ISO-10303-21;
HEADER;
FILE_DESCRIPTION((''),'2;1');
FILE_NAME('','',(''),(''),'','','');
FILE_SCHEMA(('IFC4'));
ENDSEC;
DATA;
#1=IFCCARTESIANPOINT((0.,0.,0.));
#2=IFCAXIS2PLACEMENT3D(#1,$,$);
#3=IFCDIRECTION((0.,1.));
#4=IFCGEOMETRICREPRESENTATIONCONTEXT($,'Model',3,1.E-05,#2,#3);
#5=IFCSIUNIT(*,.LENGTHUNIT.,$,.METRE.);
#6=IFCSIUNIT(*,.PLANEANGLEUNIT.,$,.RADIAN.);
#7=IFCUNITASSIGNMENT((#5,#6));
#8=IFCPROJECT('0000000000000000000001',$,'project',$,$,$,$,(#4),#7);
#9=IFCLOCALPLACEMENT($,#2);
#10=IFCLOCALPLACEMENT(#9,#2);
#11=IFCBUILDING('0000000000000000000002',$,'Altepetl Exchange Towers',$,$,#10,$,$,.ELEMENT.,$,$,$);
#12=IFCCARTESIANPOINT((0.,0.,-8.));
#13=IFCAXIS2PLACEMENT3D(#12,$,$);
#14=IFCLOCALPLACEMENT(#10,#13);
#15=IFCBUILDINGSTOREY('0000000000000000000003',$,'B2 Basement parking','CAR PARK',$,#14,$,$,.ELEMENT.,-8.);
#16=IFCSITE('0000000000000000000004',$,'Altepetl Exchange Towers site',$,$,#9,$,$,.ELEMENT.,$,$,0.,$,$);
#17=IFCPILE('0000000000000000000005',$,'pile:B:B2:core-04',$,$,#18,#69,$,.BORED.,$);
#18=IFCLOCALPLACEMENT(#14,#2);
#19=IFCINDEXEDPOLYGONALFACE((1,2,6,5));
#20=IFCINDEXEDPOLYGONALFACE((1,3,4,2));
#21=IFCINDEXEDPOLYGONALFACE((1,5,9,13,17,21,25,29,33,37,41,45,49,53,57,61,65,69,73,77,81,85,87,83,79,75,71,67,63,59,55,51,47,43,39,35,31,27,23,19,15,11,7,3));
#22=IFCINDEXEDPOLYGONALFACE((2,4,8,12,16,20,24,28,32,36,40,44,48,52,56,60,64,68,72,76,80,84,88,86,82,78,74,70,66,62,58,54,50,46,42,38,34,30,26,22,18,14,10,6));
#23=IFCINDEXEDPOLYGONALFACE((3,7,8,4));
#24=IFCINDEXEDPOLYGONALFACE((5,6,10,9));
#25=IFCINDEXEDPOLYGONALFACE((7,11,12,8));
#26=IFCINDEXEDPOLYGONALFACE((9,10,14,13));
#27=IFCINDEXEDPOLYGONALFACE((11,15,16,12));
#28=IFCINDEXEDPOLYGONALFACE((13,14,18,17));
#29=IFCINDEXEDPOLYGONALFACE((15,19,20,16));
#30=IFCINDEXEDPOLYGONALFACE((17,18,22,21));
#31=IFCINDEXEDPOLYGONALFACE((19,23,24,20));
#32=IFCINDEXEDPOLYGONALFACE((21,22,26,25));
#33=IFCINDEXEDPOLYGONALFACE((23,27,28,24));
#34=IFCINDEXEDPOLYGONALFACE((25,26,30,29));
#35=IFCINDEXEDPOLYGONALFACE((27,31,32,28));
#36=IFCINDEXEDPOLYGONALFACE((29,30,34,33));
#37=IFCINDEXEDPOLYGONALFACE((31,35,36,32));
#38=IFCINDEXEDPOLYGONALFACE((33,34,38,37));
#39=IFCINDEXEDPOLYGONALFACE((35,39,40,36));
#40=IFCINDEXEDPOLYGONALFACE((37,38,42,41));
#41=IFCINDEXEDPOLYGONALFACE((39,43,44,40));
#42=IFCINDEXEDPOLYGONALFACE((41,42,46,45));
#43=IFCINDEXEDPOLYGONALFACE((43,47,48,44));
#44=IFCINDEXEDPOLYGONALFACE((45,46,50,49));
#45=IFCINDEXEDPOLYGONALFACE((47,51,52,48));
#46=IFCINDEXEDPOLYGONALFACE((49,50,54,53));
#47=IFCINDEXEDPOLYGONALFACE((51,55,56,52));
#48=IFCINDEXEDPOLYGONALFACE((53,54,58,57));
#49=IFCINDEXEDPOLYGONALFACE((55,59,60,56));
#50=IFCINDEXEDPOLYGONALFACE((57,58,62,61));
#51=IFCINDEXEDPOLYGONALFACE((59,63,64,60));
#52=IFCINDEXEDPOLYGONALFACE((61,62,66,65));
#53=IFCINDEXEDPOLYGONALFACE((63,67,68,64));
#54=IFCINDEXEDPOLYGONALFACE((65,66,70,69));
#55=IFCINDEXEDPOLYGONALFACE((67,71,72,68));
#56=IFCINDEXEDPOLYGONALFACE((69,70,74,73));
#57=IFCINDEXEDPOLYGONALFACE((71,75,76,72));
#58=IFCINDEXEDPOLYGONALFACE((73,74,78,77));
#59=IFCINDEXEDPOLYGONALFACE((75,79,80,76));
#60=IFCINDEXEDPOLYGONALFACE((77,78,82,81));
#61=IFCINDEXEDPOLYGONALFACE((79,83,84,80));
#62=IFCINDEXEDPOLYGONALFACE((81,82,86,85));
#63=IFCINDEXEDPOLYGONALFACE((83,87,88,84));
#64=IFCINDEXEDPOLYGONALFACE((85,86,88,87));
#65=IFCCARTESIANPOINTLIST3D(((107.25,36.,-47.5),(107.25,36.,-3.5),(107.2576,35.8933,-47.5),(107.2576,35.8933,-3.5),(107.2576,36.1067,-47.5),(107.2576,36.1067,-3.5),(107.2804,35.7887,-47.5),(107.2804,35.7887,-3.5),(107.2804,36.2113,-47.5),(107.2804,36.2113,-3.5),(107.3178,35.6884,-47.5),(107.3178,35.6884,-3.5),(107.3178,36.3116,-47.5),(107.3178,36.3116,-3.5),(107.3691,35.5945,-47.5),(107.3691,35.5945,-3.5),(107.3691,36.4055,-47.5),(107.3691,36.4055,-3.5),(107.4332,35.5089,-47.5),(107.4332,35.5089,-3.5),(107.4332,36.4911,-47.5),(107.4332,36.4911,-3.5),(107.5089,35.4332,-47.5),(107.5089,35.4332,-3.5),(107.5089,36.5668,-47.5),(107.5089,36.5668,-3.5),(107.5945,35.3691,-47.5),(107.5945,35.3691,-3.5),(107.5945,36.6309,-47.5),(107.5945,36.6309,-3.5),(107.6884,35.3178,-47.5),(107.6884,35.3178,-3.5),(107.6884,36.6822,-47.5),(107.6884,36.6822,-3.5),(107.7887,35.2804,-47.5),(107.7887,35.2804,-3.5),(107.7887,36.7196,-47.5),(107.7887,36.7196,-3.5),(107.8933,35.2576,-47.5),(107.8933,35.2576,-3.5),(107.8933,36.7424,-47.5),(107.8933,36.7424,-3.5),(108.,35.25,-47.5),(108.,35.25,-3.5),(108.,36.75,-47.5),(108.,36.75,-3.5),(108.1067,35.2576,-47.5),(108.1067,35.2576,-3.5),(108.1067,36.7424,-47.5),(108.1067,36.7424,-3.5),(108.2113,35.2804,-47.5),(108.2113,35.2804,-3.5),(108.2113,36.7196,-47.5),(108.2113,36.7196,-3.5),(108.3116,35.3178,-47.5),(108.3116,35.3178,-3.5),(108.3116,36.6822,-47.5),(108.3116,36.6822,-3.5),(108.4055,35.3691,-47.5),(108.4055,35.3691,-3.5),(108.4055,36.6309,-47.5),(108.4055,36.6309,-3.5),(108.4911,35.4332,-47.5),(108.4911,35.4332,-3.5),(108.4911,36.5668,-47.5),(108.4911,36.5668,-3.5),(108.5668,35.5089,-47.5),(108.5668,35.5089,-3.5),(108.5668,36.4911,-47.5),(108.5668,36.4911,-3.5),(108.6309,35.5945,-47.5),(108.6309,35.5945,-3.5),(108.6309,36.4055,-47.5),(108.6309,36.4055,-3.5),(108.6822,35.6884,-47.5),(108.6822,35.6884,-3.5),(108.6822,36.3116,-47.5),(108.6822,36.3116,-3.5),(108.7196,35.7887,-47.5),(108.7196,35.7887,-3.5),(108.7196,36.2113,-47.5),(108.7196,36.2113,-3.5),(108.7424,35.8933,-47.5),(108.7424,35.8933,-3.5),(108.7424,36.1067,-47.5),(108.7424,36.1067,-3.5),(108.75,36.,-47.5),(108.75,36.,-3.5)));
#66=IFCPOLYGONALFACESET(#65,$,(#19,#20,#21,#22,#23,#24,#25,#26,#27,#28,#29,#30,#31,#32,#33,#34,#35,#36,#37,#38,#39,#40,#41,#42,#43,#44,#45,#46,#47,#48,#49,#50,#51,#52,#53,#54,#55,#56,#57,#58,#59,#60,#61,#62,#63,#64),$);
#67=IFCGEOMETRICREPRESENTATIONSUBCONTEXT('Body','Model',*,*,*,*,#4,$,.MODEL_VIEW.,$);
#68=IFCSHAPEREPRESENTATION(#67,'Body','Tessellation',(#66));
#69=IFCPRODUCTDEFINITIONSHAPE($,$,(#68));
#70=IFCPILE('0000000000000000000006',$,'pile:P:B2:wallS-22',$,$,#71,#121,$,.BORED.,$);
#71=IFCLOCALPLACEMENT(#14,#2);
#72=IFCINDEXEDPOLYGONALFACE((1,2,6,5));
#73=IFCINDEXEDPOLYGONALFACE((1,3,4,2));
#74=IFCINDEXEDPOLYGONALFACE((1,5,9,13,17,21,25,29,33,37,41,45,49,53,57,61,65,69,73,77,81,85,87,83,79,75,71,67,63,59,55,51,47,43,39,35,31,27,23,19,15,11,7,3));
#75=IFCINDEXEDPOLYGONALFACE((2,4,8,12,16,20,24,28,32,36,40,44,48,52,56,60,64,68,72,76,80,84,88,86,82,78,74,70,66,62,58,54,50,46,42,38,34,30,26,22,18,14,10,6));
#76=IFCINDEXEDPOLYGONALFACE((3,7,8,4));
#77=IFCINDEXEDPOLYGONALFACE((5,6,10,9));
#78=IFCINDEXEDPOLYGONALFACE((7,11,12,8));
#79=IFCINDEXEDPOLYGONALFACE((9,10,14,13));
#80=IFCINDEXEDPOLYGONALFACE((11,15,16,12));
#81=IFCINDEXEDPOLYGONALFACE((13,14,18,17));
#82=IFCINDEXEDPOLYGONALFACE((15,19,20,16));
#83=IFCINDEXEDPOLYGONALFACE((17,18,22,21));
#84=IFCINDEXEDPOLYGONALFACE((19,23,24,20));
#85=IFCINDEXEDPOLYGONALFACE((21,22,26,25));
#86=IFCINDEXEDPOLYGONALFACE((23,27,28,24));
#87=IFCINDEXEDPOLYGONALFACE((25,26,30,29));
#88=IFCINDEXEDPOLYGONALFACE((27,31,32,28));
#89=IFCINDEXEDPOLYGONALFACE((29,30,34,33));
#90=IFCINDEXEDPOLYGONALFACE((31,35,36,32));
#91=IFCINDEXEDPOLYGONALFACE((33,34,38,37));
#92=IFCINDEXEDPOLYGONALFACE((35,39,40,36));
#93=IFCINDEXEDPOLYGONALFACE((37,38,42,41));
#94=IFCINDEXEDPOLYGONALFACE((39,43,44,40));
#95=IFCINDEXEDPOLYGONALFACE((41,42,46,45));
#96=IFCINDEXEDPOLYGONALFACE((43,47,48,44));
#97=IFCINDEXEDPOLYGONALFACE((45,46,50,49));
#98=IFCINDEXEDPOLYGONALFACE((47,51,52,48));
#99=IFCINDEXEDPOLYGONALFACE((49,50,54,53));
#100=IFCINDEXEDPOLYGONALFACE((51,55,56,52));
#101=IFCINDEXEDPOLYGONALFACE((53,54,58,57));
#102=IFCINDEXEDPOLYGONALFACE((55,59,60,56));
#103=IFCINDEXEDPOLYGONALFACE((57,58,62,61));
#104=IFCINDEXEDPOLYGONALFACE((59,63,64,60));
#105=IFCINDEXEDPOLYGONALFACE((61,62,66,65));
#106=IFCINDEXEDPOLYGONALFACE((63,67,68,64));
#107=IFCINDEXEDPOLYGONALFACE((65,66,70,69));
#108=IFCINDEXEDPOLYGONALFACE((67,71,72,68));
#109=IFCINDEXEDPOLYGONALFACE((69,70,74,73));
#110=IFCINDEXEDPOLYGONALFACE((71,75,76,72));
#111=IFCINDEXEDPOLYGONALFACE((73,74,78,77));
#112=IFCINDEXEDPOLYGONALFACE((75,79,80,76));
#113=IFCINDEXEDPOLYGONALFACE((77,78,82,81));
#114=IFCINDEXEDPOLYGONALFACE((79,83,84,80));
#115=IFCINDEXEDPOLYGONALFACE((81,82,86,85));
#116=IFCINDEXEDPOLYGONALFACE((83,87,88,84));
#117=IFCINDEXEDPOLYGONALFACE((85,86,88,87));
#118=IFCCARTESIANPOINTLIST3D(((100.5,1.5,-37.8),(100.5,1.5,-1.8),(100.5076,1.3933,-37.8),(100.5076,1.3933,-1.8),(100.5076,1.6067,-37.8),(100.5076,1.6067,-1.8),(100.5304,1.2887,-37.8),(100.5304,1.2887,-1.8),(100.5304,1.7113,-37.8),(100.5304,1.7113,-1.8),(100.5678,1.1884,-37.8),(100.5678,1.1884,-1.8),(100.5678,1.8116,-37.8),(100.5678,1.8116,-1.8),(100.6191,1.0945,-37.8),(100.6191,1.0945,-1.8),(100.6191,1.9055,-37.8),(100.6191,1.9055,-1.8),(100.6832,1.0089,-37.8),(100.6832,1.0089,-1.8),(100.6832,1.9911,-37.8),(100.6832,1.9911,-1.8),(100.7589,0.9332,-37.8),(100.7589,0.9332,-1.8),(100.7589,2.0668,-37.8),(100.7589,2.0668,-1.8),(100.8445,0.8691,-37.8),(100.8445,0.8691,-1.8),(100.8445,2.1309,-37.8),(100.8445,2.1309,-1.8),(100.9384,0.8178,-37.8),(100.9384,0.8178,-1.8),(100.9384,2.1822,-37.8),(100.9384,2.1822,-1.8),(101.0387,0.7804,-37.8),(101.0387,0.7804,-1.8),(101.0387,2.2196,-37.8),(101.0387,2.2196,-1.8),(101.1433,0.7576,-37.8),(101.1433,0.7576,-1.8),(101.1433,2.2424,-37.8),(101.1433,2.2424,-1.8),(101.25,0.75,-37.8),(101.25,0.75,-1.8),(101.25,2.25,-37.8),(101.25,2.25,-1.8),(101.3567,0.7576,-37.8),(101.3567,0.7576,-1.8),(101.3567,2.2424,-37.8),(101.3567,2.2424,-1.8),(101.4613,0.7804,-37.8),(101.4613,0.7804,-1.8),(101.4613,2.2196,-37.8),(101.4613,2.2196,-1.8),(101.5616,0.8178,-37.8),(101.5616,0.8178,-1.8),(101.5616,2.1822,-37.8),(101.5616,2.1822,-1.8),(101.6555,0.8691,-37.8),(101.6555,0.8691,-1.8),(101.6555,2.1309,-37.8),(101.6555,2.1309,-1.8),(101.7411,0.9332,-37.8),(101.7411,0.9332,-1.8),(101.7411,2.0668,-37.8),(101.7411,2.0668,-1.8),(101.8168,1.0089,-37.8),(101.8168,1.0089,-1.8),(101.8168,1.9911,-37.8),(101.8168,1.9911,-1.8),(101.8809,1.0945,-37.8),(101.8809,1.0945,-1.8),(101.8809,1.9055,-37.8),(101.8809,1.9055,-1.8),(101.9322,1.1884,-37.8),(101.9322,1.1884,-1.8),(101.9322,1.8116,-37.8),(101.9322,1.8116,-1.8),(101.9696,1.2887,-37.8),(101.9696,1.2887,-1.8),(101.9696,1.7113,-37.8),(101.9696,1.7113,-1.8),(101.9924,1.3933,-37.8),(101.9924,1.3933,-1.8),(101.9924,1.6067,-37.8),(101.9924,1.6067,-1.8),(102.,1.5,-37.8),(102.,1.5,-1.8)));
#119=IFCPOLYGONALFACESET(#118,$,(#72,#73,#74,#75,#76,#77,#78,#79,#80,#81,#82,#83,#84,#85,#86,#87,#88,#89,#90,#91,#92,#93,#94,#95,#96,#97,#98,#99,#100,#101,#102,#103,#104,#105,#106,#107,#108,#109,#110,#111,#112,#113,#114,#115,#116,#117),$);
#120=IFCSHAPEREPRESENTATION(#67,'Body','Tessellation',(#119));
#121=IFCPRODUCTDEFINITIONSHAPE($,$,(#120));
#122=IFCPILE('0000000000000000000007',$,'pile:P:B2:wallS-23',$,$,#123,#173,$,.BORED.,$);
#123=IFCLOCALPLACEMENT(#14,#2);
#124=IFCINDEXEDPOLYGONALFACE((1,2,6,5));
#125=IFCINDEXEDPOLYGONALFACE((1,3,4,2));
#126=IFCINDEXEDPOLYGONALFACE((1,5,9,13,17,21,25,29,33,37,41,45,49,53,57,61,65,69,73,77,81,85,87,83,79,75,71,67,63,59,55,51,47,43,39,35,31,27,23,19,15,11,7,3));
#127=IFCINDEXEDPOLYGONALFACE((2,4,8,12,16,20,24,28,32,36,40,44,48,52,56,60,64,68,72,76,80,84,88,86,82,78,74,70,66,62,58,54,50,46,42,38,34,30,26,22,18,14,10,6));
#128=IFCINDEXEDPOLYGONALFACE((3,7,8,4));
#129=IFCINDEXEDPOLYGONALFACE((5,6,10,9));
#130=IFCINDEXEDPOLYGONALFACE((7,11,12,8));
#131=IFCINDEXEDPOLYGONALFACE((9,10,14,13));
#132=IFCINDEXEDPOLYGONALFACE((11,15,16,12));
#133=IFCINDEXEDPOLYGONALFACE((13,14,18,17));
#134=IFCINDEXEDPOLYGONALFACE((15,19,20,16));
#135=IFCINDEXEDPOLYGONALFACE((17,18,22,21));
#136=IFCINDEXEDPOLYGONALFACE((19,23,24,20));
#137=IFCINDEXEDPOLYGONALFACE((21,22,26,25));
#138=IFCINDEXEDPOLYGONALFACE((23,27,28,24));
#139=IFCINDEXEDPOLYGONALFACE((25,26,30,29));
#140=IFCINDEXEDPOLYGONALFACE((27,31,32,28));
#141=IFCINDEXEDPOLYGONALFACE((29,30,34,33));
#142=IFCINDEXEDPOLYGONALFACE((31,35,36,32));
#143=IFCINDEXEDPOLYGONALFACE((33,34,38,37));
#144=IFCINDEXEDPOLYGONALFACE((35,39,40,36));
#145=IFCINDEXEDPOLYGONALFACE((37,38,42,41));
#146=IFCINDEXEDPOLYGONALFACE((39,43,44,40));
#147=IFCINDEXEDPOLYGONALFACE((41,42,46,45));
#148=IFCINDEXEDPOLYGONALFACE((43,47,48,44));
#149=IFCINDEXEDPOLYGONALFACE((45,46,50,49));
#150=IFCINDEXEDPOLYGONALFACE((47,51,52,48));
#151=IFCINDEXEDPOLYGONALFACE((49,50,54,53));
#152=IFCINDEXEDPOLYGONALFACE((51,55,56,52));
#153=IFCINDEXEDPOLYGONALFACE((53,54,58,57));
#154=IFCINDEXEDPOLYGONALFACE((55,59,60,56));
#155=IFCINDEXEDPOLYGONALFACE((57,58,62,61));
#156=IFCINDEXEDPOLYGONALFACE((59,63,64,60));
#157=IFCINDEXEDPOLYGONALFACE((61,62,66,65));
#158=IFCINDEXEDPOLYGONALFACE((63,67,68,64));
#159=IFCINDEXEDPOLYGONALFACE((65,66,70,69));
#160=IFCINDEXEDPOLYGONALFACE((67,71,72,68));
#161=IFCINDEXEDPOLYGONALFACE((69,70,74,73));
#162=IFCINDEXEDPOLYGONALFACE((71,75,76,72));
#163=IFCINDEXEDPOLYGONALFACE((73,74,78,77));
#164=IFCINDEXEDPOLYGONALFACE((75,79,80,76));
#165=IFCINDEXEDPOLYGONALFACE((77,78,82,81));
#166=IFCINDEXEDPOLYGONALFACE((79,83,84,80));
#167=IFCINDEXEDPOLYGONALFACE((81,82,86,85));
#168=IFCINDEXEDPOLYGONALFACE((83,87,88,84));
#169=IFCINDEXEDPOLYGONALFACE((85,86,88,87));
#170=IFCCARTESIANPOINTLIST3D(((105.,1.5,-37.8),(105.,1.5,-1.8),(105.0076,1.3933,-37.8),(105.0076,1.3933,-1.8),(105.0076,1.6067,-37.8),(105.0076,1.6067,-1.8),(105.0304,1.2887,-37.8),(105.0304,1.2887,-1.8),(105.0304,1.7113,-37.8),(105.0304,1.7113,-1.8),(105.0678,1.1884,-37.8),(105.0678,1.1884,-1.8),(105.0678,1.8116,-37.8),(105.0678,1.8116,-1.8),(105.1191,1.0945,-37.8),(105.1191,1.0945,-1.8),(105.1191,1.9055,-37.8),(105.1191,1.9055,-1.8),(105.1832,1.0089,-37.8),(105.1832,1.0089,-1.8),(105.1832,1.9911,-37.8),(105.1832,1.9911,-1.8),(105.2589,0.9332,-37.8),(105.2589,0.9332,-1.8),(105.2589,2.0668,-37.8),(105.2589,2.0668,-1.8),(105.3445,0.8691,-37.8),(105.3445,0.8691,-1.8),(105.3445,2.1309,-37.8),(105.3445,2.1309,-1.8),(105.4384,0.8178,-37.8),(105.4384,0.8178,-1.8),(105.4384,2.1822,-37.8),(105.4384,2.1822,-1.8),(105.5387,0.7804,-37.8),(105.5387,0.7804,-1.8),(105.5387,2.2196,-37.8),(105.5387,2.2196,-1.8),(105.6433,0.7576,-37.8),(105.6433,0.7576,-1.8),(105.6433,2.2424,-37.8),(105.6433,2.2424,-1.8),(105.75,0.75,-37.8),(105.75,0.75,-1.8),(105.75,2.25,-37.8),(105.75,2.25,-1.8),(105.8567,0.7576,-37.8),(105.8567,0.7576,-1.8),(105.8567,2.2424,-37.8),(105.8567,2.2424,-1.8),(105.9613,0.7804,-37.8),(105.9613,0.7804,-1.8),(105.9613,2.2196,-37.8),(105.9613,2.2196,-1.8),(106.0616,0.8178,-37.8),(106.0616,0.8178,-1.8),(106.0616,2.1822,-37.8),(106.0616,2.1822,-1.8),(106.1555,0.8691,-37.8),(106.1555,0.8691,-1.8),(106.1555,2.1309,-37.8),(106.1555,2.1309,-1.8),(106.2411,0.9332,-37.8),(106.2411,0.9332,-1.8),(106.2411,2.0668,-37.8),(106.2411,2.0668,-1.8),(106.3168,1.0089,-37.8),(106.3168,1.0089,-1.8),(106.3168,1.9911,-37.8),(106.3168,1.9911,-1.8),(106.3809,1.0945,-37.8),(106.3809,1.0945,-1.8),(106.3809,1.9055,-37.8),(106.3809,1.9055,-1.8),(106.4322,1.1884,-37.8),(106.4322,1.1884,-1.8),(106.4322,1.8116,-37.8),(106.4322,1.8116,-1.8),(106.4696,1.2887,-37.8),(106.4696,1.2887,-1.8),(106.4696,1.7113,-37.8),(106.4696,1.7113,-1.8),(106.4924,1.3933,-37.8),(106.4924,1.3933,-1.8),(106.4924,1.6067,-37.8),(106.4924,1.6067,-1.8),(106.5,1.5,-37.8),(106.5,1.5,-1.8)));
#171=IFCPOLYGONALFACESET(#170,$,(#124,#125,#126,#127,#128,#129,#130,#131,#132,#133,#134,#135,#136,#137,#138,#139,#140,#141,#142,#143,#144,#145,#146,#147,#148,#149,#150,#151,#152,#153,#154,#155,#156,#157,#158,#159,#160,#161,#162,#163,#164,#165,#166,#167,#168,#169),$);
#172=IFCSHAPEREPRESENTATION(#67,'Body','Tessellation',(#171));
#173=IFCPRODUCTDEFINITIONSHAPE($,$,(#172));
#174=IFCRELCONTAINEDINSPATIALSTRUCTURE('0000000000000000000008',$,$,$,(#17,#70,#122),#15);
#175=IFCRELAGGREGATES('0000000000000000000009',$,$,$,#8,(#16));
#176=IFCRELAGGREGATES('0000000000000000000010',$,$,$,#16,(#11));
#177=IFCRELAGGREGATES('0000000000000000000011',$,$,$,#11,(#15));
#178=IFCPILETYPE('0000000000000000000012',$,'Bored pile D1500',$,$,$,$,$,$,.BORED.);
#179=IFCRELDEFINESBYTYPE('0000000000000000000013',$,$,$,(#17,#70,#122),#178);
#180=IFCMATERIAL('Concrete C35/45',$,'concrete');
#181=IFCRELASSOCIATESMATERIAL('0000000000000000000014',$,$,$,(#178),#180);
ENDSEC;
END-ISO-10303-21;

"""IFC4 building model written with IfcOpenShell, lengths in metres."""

from ifc_helpers import new_model, si_unit, direction, frame, origin, origin_2d, place, context, subcontext, project, spatial, circle, extrude, material, material_profile, profile_set, type_object, element, save


model = new_model("IFC4")

# Units and contexts
model_context = context("Model", 3, precision=1e-05, world=origin(), true_north=direction((0.0, 1.0)))
body_context = subcontext(model_context, "Body", "Model", "MODEL_VIEW")
ifc_project = project(units=[si_unit("LENGTHUNIT", "METRE"), si_unit("PLANEANGLEUNIT", "RADIAN")], contexts=[model_context])

# Site, building, storey
site_placement = place(None, origin())
site = spatial("IfcSite", under=ifc_project, at=site_placement, Name="Altepetl Exchange Towers site", CompositionType="ELEMENT", RefElevation=0.0)
building_placement = place(site_placement, origin())
building = spatial("IfcBuilding", under=site, at=building_placement, Name="Altepetl Exchange Towers", CompositionType="ELEMENT")
storey_placement = place(building_placement, frame((0.0, 0.0, -8.0)))
storey = spatial("IfcBuildingStorey", under=building, at=storey_placement, Name="B2 Basement parking", Description="CAR PARK", CompositionType="ELEMENT", Elevation=-8.0)

# Piles
ifc_material_1 = material(Name="Concrete C35/45", Category="concrete")
ifc_material_profile_1 = material_profile(ifc_material_1, circle(Radius=0.75, at=origin_2d()), Name="D1500")
ifc_profile_set_1 = profile_set([ifc_material_profile_1], Name="Concrete C35/45")
pile_type_1 = type_object("IfcPileType", Name="Bored pile D1500", PredefinedType="BORED", material=ifc_profile_set_1)
for number, where, z_axis, x_axis, name in (
    (1, (108.0, 36.0, -3.5), (0.0, 0.0, -1.0), (1.0, 0.0, 0.0), "pile:B:B2:core-04"),
):
    element("IfcPile", number, at=place(storey_placement, frame(where, z_axis=z_axis, x_axis=x_axis)), inside=storey, type_object=pile_type_1, Name=name, PredefinedType="BORED", context=body_context, shape_type="SweptSolid", body=[
        extrude(circle(Radius=0.75, at=origin_2d()), origin(), (0.0, 0.0, 1.0), 44.0),
    ])
for number, where, z_axis, x_axis, name in (
    (2, (101.25, 1.5, -1.8), (0.0, 0.0, -1.0), (1.0, 0.0, 0.0), "pile:P:B2:wallS-22"),
    (3, (105.75, 1.5, -1.8), (0.0, 0.0, -1.0), (1.0, 0.0, 0.0), "pile:P:B2:wallS-23"),
):
    element("IfcPile", number, at=place(storey_placement, frame(where, z_axis=z_axis, x_axis=x_axis)), inside=storey, type_object=pile_type_1, Name=name, PredefinedType="BORED", context=body_context, shape_type="SweptSolid", body=[
        extrude(circle(Radius=0.75, at=origin_2d()), origin(), (0.0, 0.0, 1.0), 36.0),
    ])

save(model, "model.ifc")
